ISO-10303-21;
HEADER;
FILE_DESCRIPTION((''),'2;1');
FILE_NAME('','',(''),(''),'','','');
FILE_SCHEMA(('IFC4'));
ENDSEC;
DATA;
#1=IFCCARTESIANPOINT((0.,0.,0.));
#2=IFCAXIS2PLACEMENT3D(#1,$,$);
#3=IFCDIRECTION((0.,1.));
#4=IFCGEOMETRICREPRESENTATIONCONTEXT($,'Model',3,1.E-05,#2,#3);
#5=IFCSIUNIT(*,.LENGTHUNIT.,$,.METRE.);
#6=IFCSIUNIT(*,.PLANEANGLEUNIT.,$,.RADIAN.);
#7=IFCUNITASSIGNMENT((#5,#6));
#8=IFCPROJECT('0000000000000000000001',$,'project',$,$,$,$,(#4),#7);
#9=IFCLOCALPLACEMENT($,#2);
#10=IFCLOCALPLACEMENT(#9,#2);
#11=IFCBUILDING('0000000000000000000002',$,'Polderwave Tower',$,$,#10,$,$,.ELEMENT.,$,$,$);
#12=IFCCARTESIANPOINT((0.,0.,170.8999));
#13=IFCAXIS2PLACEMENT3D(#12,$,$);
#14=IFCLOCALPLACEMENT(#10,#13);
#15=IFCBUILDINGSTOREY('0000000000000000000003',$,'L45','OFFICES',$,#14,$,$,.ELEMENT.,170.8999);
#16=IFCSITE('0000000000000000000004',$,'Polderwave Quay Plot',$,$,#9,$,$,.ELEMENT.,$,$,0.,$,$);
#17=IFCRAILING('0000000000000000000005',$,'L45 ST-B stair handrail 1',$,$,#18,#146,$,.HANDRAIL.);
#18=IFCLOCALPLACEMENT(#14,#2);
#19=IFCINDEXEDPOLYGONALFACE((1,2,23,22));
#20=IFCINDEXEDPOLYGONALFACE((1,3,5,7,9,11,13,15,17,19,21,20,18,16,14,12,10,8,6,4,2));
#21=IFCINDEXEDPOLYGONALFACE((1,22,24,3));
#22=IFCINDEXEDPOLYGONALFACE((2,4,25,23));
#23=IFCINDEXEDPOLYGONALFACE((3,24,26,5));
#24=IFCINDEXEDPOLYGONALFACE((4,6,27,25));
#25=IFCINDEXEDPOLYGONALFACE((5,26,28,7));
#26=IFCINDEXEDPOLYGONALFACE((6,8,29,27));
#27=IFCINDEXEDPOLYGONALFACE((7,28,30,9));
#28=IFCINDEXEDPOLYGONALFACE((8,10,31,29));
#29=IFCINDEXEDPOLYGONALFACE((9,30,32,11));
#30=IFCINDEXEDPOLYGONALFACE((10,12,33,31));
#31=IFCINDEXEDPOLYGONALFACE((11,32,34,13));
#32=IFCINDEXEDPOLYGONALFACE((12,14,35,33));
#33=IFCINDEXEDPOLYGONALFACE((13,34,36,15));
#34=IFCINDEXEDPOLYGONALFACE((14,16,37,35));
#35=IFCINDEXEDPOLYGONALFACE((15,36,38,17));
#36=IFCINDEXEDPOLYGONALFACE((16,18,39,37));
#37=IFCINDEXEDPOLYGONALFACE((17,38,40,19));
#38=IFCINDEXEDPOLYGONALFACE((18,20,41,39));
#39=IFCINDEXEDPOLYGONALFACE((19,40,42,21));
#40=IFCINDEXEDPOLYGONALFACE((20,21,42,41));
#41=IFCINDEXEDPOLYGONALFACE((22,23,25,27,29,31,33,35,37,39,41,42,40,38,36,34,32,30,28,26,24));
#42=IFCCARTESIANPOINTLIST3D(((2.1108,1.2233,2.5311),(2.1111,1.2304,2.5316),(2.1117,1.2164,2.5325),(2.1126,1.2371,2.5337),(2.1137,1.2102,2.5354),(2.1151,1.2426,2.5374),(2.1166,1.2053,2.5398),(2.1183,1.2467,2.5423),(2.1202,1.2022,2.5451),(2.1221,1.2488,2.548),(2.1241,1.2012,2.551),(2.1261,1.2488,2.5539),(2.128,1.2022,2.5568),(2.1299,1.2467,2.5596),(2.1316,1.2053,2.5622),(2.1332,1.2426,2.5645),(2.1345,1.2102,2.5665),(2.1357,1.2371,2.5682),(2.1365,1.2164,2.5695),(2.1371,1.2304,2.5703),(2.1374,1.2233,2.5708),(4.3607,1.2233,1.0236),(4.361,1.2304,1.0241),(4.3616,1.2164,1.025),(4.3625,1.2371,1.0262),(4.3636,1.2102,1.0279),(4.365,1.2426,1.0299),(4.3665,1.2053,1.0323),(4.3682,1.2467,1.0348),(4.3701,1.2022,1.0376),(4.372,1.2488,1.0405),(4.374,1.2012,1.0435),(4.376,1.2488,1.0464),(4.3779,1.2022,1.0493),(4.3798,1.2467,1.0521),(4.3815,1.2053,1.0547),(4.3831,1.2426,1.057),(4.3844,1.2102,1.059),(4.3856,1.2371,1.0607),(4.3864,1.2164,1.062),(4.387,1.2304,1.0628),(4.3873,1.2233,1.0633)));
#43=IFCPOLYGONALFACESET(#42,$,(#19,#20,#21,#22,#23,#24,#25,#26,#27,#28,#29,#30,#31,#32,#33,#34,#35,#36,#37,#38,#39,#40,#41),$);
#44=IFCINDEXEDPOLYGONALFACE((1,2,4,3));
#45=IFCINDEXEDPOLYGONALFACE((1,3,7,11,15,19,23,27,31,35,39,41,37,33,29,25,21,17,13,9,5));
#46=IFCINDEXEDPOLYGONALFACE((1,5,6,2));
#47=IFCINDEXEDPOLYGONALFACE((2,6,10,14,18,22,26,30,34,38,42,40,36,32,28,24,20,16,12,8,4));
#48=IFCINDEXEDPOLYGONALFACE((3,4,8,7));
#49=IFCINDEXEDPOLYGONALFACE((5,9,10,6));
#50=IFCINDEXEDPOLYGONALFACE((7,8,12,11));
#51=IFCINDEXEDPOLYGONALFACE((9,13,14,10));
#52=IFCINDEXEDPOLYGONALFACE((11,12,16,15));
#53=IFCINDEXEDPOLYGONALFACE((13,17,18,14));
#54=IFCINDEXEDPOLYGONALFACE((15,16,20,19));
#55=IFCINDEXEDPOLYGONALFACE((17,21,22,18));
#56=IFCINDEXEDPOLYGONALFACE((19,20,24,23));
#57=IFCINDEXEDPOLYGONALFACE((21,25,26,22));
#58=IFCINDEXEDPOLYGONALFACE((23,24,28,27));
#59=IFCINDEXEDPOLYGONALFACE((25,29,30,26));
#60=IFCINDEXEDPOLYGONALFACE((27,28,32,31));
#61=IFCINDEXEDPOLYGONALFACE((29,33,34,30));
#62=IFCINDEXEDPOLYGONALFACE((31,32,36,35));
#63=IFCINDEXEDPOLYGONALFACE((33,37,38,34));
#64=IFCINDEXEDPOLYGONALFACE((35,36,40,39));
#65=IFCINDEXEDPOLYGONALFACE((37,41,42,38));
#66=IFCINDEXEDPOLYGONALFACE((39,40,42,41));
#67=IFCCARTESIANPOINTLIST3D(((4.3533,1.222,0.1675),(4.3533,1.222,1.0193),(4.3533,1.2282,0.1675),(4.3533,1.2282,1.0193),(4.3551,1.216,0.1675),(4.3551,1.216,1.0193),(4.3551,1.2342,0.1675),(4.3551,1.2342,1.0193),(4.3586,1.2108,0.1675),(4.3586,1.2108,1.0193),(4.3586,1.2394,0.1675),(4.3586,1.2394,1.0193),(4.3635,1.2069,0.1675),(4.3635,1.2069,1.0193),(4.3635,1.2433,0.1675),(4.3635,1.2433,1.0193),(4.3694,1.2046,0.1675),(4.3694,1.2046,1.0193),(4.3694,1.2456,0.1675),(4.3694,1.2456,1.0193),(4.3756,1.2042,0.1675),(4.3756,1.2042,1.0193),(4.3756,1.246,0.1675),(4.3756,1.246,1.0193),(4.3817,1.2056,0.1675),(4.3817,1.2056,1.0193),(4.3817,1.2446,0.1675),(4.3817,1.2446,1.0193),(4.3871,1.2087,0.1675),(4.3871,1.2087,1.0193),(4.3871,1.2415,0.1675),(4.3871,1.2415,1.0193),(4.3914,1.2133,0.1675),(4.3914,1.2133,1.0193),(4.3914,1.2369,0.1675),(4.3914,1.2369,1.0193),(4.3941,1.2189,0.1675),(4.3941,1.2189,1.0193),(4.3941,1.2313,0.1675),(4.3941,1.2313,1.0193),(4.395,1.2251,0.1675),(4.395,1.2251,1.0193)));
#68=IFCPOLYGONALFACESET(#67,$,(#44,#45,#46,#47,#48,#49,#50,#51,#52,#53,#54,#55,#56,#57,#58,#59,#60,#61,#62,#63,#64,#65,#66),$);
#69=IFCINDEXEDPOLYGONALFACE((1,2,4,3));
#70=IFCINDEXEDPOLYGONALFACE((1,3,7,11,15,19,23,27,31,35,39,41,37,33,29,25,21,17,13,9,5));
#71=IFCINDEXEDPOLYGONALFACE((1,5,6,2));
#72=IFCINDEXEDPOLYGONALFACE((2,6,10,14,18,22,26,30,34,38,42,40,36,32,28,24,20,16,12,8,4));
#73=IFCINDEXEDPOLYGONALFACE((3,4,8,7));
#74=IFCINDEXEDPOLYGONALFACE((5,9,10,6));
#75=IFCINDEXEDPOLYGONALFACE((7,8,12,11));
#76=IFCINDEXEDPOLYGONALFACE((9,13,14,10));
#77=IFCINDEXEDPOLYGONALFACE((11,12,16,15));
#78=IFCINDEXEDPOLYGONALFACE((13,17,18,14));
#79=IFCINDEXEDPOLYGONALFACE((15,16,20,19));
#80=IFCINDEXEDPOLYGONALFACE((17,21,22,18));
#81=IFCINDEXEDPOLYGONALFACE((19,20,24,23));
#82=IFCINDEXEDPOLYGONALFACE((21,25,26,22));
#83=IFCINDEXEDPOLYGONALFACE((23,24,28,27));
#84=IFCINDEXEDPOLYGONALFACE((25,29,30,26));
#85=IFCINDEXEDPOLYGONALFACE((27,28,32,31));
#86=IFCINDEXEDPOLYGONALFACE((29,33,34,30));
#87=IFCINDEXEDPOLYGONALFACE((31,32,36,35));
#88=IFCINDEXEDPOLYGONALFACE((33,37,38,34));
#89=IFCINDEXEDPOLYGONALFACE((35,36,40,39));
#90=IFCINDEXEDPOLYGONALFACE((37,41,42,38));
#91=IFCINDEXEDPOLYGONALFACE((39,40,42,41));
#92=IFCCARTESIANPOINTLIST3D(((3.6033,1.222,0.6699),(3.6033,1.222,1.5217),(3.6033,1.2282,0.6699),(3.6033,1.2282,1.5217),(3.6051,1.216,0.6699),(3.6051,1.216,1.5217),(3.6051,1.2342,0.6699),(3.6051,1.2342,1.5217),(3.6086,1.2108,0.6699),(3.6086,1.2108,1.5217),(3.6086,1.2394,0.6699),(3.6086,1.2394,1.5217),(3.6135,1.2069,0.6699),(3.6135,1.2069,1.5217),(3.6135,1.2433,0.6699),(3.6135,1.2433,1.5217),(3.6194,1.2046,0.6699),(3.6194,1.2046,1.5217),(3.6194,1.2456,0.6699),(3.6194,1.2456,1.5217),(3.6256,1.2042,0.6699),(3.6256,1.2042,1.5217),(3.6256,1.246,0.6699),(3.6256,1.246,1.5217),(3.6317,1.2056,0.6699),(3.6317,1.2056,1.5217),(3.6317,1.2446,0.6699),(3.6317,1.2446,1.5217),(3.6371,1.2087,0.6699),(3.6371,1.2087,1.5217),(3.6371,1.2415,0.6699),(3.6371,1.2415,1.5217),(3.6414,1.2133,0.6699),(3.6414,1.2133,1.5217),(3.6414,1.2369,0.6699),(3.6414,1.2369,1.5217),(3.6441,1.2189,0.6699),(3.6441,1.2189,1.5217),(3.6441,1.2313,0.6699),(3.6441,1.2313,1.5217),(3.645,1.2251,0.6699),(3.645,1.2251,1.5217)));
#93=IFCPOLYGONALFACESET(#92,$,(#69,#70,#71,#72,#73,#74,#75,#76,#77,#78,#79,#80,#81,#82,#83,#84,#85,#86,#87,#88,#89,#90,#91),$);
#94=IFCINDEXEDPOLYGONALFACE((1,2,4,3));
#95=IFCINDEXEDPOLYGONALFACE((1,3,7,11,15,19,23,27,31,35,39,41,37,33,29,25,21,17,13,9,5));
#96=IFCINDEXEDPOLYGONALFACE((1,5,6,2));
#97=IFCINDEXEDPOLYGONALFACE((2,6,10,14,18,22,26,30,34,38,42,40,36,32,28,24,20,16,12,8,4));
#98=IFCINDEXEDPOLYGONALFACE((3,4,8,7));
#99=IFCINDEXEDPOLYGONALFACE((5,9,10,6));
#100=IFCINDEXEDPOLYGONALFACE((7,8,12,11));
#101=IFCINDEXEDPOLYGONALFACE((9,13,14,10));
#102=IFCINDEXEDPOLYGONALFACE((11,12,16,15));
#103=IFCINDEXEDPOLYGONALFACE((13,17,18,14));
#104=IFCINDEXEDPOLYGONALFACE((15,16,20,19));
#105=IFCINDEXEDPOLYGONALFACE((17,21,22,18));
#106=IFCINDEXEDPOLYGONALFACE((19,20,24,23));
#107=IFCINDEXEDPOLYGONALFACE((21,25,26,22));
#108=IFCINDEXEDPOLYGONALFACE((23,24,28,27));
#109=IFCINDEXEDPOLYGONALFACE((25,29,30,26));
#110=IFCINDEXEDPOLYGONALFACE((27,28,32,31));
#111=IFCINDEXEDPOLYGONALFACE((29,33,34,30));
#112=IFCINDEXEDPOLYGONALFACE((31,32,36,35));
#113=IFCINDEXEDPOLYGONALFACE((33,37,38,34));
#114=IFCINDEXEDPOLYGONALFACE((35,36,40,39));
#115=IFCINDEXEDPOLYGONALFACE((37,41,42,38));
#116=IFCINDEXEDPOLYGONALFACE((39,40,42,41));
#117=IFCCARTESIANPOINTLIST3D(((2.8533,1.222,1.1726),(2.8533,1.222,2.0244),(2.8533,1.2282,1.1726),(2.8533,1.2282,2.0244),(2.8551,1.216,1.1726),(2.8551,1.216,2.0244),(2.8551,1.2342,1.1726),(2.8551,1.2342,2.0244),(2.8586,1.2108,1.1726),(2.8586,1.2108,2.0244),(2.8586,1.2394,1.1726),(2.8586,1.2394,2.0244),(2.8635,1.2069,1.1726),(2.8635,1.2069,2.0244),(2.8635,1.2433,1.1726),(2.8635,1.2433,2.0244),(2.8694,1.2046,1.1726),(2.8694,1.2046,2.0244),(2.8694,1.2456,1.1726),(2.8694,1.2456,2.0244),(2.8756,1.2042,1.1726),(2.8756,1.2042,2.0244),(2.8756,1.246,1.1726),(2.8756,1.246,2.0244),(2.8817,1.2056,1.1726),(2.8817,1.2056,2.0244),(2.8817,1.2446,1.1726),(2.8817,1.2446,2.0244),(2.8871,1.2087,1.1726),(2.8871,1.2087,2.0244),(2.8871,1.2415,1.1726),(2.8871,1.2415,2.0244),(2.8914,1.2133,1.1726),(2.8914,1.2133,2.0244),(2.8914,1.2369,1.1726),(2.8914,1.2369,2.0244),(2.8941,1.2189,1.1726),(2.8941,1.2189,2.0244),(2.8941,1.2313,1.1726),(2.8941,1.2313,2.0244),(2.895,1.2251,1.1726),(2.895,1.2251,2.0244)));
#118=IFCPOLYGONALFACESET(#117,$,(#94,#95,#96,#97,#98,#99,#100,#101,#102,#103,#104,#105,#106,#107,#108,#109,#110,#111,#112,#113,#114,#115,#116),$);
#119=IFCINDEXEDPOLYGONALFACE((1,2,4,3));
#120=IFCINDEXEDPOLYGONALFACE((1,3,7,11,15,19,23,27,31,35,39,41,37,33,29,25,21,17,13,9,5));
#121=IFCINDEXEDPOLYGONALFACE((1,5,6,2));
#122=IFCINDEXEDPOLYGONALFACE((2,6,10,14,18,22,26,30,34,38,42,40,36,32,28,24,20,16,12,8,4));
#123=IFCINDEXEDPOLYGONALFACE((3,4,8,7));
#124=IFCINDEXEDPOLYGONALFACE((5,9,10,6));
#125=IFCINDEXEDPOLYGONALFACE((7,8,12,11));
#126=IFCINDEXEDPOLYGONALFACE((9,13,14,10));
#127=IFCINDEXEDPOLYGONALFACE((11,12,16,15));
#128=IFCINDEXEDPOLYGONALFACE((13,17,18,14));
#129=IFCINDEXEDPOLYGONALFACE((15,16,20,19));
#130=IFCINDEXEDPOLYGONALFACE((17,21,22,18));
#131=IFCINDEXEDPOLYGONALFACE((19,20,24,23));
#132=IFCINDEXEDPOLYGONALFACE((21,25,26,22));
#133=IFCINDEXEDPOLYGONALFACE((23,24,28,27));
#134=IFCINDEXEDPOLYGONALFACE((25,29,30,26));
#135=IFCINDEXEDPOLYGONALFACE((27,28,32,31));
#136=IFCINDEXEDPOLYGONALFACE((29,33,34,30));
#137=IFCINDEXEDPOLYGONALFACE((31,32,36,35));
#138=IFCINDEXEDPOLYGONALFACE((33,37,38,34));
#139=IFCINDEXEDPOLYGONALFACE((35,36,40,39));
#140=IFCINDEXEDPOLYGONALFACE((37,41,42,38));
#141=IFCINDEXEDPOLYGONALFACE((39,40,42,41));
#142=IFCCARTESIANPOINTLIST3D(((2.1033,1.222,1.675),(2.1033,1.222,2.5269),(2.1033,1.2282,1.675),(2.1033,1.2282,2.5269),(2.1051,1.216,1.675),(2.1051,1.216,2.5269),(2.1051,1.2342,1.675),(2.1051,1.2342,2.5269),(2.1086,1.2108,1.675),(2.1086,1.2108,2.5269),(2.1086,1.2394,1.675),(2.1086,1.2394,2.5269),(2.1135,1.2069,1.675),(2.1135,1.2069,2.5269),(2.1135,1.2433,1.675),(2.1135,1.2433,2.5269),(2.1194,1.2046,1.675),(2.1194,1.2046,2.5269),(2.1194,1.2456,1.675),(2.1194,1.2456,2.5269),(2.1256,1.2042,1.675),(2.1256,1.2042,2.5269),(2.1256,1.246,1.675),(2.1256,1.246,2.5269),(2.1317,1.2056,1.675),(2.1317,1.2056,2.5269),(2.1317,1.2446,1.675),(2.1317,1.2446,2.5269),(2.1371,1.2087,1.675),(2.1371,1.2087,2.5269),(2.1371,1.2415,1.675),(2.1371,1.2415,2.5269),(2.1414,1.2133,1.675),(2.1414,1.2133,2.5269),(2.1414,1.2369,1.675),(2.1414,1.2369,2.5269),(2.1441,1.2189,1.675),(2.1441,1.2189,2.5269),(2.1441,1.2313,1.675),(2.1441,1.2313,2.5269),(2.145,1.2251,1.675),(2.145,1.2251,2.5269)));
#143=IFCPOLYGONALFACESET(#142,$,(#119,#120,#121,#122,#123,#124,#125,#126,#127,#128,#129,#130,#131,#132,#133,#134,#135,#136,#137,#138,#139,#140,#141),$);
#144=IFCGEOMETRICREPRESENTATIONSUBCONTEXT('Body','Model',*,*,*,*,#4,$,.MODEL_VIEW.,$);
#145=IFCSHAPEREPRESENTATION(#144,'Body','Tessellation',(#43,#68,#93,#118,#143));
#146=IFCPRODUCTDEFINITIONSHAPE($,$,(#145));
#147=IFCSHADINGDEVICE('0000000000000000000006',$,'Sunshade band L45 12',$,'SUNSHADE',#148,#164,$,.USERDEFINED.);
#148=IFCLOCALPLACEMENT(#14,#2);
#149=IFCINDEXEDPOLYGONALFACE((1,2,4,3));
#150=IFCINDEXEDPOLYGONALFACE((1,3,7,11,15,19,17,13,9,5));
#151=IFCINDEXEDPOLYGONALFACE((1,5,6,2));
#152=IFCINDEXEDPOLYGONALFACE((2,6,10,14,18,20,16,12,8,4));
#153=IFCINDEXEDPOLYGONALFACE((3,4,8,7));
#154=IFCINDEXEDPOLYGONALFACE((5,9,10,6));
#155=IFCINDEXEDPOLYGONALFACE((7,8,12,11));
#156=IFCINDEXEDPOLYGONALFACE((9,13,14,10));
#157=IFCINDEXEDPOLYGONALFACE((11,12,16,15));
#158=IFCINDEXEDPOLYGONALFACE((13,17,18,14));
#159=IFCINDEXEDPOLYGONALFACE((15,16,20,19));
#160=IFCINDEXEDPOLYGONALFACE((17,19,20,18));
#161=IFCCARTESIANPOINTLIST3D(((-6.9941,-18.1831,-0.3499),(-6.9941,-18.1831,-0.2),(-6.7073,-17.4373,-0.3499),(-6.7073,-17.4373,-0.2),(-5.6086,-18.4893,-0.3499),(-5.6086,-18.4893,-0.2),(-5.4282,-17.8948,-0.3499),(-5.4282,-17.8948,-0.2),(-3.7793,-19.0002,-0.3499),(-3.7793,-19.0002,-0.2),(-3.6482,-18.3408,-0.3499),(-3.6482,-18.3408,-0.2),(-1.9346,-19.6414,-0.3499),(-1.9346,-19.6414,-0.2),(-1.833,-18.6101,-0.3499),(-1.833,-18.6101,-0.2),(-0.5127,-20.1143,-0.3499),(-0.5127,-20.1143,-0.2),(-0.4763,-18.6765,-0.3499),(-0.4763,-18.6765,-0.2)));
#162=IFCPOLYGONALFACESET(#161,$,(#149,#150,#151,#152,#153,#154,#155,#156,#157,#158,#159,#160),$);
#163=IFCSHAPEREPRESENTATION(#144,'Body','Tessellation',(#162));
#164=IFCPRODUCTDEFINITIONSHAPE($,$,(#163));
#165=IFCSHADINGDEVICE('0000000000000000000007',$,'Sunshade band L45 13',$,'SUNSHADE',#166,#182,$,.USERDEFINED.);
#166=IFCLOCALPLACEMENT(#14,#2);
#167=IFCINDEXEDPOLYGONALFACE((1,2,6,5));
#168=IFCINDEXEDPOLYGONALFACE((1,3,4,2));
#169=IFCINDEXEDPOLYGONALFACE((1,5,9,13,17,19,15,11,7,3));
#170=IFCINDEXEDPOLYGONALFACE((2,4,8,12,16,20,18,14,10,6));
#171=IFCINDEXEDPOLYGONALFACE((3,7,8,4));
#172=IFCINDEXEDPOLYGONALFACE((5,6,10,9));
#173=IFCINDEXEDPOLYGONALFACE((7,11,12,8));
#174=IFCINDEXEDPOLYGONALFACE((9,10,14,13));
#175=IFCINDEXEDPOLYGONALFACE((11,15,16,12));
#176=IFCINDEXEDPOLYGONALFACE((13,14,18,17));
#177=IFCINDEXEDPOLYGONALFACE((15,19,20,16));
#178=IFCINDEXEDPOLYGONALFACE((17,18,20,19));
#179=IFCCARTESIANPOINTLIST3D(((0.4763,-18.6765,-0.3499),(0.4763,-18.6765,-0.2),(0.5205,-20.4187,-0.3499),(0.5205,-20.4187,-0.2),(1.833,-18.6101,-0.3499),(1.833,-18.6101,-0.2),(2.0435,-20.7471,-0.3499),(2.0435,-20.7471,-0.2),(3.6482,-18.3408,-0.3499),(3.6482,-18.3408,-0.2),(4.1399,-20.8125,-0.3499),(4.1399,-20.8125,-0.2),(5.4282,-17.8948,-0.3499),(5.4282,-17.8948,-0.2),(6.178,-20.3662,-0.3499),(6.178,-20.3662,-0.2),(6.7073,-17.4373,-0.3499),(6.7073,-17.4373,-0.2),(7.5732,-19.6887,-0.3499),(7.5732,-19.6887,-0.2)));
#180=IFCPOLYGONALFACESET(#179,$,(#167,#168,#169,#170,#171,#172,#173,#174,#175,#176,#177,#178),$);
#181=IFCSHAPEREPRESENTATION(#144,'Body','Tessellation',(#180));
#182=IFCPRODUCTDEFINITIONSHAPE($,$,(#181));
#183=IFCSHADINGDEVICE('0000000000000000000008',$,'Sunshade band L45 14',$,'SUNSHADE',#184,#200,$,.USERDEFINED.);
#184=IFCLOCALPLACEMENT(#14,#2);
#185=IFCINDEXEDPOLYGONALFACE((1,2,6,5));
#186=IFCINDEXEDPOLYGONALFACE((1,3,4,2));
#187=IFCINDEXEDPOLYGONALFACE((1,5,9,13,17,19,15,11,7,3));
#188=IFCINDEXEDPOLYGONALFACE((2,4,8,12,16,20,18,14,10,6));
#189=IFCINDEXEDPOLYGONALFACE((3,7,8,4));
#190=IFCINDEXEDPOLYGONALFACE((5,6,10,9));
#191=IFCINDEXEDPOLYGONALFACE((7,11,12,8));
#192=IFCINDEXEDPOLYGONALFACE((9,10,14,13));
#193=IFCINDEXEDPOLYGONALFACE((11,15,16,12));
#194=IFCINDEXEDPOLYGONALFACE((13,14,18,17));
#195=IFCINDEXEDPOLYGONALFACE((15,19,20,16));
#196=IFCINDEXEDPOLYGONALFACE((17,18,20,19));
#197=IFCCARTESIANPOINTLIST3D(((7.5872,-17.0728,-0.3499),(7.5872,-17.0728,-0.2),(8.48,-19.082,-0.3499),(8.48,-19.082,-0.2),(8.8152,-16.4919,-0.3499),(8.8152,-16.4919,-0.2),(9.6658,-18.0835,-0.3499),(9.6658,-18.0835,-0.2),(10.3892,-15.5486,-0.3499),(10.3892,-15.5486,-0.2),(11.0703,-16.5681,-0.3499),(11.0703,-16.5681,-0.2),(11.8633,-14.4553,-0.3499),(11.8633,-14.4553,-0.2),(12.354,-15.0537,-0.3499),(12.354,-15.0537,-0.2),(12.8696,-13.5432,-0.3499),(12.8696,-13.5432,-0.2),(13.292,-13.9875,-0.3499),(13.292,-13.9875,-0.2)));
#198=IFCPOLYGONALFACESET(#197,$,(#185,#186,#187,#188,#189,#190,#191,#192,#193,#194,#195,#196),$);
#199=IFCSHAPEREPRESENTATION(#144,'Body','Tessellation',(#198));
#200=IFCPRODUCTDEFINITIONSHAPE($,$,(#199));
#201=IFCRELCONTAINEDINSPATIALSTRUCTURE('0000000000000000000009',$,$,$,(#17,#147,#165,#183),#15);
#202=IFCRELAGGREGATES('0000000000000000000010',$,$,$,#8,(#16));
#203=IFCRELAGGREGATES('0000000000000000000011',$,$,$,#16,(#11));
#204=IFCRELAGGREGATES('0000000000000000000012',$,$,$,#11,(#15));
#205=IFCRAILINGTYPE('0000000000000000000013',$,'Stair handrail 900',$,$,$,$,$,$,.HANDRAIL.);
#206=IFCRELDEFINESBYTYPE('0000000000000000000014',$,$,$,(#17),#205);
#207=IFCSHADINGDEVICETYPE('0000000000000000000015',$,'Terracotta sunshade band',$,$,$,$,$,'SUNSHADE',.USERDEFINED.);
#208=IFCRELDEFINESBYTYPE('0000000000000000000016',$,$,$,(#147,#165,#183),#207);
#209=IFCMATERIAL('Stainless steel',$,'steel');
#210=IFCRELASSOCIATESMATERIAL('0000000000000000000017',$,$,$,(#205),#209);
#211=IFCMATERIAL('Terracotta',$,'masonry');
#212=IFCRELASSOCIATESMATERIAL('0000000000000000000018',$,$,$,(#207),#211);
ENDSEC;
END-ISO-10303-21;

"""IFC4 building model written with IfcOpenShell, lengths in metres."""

from ifc_helpers import new_model, si_unit, direction, frame, origin, origin_2d, place, context, subcontext, project, spatial, polyline, circle, outline, extrude, material, type_object, element, save


model = new_model("IFC4")

# Units and contexts
model_context = context("Model", 3, precision=1e-05, world=origin(), true_north=direction((0.0, 1.0)))
body_context = subcontext(model_context, "Body", "Model", "MODEL_VIEW")
ifc_project = project(units=[si_unit("LENGTHUNIT", "METRE"), si_unit("PLANEANGLEUNIT", "RADIAN")], contexts=[model_context])

# Site, building, storey
site_placement = place(None, origin())
site = spatial("IfcSite", under=ifc_project, at=site_placement, Name="Polderwave Quay Plot", CompositionType="ELEMENT", RefElevation=0.0)
building_placement = place(site_placement, origin())
building = spatial("IfcBuilding", under=site, at=building_placement, Name="Polderwave Tower", CompositionType="ELEMENT")
storey_placement = place(building_placement, frame((0.0, 0.0, 170.8999)))
storey = spatial("IfcBuildingStorey", under=building, at=storey_placement, Name="L45", Description="OFFICES", CompositionType="ELEMENT", Elevation=170.8999)

# Railing
ifc_material_1 = material(Name="Stainless steel", Category="steel")
railing_type_1 = type_object("IfcRailingType", Name="Stair handrail 900", PredefinedType="HANDRAIL", material=ifc_material_1)
railing_1_placement = place(storey_placement, frame((4.374, 1.2251, 0.1675)))
element("IfcRailing", 1, at=railing_1_placement, inside=storey, type_object=railing_type_1, Name="L45 ST-B stair handrail 1", PredefinedType="HANDRAIL", context=body_context, shape_type="SweptSolid", body=[
    extrude(circle(Radius=0.0239, at=origin_2d()), frame((0.0, 0.0, 0.876), z_axis=(-0.830758, 0.0, 0.556633), x_axis=(0.0, -1.0, 0.0)), (0.0, 0.0, 1.0), 2.7083),
    extrude(circle(Radius=0.021, at=origin_2d()), origin(), (0.0, 0.0, 1.0), 0.8518),
    extrude(circle(Radius=0.021, at=origin_2d()), frame((-0.75, 0.0, 0.5024)), (0.0, 0.0, 1.0), 0.8518),
    extrude(circle(Radius=0.021, at=origin_2d()), frame((-1.5, 0.0, 1.0051)), (0.0, 0.0, 1.0), 0.8518),
    extrude(circle(Radius=0.021, at=origin_2d()), frame((-2.25, 0.0, 1.5076)), (0.0, 0.0, 1.0), 0.8518),
])

# Shading devices
ifc_material_2 = material(Name="Terracotta", Category="masonry")
shading_device_type = type_object("IfcShadingDeviceType", Name="Terracotta sunshade band", ElementType="SUNSHADE", PredefinedType="USERDEFINED", material=ifc_material_2)
shading_device_1_placement = place(storey_placement, frame((0.0, 0.0, -0.3499)))
element("IfcShadingDevice", 2, at=shading_device_1_placement, inside=storey, type_object=shading_device_type, Name="Sunshade band L45 12", ObjectType="SUNSHADE", PredefinedType="USERDEFINED", context=body_context, shape_type="SweptSolid", body=[
    extrude(outline(polyline([(-6.7073, -17.4373), (-5.4282, -17.8948), (-3.6482, -18.3408), (-1.833, -18.6101), (-0.4763, -18.6765), (-0.5127, -20.1143), (-1.9346, -19.6414), (-3.7793, -19.0002), (-5.6086, -18.4893), (-6.9941, -18.1831), (-6.7073, -17.4373)])), origin(), (0.0, 0.0, 1.0), 0.1499),
])
shading_device_2_placement = place(storey_placement, frame((0.0, 0.0, -0.3499)))
element("IfcShadingDevice", 3, at=shading_device_2_placement, inside=storey, type_object=shading_device_type, Name="Sunshade band L45 13", ObjectType="SUNSHADE", PredefinedType="USERDEFINED", context=body_context, shape_type="SweptSolid", body=[
    extrude(outline(polyline([(0.4763, -18.6765), (1.833, -18.6101), (3.6482, -18.3408), (5.4282, -17.8948), (6.7073, -17.4373), (7.5732, -19.6887), (6.178, -20.3662), (4.1399, -20.8125), (2.0435, -20.7471), (0.5205, -20.4187), (0.4763, -18.6765)])), origin(), (0.0, 0.0, 1.0), 0.1499),
])
shading_device_3_placement = place(storey_placement, frame((0.0, 0.0, -0.3499)))
element("IfcShadingDevice", 4, at=shading_device_3_placement, inside=storey, type_object=shading_device_type, Name="Sunshade band L45 14", ObjectType="SUNSHADE", PredefinedType="USERDEFINED", context=body_context, shape_type="SweptSolid", body=[
    extrude(outline(polyline([(7.5872, -17.0728), (8.8152, -16.4919), (10.3892, -15.5486), (11.8633, -14.4553), (12.8696, -13.5432), (13.292, -13.9875), (12.354, -15.0537), (11.0703, -16.5681), (9.6658, -18.0835), (8.48, -19.082), (7.5872, -17.0728)])), origin(), (0.0, 0.0, 1.0), 0.1499),
])

save(model, "model.ifc")
